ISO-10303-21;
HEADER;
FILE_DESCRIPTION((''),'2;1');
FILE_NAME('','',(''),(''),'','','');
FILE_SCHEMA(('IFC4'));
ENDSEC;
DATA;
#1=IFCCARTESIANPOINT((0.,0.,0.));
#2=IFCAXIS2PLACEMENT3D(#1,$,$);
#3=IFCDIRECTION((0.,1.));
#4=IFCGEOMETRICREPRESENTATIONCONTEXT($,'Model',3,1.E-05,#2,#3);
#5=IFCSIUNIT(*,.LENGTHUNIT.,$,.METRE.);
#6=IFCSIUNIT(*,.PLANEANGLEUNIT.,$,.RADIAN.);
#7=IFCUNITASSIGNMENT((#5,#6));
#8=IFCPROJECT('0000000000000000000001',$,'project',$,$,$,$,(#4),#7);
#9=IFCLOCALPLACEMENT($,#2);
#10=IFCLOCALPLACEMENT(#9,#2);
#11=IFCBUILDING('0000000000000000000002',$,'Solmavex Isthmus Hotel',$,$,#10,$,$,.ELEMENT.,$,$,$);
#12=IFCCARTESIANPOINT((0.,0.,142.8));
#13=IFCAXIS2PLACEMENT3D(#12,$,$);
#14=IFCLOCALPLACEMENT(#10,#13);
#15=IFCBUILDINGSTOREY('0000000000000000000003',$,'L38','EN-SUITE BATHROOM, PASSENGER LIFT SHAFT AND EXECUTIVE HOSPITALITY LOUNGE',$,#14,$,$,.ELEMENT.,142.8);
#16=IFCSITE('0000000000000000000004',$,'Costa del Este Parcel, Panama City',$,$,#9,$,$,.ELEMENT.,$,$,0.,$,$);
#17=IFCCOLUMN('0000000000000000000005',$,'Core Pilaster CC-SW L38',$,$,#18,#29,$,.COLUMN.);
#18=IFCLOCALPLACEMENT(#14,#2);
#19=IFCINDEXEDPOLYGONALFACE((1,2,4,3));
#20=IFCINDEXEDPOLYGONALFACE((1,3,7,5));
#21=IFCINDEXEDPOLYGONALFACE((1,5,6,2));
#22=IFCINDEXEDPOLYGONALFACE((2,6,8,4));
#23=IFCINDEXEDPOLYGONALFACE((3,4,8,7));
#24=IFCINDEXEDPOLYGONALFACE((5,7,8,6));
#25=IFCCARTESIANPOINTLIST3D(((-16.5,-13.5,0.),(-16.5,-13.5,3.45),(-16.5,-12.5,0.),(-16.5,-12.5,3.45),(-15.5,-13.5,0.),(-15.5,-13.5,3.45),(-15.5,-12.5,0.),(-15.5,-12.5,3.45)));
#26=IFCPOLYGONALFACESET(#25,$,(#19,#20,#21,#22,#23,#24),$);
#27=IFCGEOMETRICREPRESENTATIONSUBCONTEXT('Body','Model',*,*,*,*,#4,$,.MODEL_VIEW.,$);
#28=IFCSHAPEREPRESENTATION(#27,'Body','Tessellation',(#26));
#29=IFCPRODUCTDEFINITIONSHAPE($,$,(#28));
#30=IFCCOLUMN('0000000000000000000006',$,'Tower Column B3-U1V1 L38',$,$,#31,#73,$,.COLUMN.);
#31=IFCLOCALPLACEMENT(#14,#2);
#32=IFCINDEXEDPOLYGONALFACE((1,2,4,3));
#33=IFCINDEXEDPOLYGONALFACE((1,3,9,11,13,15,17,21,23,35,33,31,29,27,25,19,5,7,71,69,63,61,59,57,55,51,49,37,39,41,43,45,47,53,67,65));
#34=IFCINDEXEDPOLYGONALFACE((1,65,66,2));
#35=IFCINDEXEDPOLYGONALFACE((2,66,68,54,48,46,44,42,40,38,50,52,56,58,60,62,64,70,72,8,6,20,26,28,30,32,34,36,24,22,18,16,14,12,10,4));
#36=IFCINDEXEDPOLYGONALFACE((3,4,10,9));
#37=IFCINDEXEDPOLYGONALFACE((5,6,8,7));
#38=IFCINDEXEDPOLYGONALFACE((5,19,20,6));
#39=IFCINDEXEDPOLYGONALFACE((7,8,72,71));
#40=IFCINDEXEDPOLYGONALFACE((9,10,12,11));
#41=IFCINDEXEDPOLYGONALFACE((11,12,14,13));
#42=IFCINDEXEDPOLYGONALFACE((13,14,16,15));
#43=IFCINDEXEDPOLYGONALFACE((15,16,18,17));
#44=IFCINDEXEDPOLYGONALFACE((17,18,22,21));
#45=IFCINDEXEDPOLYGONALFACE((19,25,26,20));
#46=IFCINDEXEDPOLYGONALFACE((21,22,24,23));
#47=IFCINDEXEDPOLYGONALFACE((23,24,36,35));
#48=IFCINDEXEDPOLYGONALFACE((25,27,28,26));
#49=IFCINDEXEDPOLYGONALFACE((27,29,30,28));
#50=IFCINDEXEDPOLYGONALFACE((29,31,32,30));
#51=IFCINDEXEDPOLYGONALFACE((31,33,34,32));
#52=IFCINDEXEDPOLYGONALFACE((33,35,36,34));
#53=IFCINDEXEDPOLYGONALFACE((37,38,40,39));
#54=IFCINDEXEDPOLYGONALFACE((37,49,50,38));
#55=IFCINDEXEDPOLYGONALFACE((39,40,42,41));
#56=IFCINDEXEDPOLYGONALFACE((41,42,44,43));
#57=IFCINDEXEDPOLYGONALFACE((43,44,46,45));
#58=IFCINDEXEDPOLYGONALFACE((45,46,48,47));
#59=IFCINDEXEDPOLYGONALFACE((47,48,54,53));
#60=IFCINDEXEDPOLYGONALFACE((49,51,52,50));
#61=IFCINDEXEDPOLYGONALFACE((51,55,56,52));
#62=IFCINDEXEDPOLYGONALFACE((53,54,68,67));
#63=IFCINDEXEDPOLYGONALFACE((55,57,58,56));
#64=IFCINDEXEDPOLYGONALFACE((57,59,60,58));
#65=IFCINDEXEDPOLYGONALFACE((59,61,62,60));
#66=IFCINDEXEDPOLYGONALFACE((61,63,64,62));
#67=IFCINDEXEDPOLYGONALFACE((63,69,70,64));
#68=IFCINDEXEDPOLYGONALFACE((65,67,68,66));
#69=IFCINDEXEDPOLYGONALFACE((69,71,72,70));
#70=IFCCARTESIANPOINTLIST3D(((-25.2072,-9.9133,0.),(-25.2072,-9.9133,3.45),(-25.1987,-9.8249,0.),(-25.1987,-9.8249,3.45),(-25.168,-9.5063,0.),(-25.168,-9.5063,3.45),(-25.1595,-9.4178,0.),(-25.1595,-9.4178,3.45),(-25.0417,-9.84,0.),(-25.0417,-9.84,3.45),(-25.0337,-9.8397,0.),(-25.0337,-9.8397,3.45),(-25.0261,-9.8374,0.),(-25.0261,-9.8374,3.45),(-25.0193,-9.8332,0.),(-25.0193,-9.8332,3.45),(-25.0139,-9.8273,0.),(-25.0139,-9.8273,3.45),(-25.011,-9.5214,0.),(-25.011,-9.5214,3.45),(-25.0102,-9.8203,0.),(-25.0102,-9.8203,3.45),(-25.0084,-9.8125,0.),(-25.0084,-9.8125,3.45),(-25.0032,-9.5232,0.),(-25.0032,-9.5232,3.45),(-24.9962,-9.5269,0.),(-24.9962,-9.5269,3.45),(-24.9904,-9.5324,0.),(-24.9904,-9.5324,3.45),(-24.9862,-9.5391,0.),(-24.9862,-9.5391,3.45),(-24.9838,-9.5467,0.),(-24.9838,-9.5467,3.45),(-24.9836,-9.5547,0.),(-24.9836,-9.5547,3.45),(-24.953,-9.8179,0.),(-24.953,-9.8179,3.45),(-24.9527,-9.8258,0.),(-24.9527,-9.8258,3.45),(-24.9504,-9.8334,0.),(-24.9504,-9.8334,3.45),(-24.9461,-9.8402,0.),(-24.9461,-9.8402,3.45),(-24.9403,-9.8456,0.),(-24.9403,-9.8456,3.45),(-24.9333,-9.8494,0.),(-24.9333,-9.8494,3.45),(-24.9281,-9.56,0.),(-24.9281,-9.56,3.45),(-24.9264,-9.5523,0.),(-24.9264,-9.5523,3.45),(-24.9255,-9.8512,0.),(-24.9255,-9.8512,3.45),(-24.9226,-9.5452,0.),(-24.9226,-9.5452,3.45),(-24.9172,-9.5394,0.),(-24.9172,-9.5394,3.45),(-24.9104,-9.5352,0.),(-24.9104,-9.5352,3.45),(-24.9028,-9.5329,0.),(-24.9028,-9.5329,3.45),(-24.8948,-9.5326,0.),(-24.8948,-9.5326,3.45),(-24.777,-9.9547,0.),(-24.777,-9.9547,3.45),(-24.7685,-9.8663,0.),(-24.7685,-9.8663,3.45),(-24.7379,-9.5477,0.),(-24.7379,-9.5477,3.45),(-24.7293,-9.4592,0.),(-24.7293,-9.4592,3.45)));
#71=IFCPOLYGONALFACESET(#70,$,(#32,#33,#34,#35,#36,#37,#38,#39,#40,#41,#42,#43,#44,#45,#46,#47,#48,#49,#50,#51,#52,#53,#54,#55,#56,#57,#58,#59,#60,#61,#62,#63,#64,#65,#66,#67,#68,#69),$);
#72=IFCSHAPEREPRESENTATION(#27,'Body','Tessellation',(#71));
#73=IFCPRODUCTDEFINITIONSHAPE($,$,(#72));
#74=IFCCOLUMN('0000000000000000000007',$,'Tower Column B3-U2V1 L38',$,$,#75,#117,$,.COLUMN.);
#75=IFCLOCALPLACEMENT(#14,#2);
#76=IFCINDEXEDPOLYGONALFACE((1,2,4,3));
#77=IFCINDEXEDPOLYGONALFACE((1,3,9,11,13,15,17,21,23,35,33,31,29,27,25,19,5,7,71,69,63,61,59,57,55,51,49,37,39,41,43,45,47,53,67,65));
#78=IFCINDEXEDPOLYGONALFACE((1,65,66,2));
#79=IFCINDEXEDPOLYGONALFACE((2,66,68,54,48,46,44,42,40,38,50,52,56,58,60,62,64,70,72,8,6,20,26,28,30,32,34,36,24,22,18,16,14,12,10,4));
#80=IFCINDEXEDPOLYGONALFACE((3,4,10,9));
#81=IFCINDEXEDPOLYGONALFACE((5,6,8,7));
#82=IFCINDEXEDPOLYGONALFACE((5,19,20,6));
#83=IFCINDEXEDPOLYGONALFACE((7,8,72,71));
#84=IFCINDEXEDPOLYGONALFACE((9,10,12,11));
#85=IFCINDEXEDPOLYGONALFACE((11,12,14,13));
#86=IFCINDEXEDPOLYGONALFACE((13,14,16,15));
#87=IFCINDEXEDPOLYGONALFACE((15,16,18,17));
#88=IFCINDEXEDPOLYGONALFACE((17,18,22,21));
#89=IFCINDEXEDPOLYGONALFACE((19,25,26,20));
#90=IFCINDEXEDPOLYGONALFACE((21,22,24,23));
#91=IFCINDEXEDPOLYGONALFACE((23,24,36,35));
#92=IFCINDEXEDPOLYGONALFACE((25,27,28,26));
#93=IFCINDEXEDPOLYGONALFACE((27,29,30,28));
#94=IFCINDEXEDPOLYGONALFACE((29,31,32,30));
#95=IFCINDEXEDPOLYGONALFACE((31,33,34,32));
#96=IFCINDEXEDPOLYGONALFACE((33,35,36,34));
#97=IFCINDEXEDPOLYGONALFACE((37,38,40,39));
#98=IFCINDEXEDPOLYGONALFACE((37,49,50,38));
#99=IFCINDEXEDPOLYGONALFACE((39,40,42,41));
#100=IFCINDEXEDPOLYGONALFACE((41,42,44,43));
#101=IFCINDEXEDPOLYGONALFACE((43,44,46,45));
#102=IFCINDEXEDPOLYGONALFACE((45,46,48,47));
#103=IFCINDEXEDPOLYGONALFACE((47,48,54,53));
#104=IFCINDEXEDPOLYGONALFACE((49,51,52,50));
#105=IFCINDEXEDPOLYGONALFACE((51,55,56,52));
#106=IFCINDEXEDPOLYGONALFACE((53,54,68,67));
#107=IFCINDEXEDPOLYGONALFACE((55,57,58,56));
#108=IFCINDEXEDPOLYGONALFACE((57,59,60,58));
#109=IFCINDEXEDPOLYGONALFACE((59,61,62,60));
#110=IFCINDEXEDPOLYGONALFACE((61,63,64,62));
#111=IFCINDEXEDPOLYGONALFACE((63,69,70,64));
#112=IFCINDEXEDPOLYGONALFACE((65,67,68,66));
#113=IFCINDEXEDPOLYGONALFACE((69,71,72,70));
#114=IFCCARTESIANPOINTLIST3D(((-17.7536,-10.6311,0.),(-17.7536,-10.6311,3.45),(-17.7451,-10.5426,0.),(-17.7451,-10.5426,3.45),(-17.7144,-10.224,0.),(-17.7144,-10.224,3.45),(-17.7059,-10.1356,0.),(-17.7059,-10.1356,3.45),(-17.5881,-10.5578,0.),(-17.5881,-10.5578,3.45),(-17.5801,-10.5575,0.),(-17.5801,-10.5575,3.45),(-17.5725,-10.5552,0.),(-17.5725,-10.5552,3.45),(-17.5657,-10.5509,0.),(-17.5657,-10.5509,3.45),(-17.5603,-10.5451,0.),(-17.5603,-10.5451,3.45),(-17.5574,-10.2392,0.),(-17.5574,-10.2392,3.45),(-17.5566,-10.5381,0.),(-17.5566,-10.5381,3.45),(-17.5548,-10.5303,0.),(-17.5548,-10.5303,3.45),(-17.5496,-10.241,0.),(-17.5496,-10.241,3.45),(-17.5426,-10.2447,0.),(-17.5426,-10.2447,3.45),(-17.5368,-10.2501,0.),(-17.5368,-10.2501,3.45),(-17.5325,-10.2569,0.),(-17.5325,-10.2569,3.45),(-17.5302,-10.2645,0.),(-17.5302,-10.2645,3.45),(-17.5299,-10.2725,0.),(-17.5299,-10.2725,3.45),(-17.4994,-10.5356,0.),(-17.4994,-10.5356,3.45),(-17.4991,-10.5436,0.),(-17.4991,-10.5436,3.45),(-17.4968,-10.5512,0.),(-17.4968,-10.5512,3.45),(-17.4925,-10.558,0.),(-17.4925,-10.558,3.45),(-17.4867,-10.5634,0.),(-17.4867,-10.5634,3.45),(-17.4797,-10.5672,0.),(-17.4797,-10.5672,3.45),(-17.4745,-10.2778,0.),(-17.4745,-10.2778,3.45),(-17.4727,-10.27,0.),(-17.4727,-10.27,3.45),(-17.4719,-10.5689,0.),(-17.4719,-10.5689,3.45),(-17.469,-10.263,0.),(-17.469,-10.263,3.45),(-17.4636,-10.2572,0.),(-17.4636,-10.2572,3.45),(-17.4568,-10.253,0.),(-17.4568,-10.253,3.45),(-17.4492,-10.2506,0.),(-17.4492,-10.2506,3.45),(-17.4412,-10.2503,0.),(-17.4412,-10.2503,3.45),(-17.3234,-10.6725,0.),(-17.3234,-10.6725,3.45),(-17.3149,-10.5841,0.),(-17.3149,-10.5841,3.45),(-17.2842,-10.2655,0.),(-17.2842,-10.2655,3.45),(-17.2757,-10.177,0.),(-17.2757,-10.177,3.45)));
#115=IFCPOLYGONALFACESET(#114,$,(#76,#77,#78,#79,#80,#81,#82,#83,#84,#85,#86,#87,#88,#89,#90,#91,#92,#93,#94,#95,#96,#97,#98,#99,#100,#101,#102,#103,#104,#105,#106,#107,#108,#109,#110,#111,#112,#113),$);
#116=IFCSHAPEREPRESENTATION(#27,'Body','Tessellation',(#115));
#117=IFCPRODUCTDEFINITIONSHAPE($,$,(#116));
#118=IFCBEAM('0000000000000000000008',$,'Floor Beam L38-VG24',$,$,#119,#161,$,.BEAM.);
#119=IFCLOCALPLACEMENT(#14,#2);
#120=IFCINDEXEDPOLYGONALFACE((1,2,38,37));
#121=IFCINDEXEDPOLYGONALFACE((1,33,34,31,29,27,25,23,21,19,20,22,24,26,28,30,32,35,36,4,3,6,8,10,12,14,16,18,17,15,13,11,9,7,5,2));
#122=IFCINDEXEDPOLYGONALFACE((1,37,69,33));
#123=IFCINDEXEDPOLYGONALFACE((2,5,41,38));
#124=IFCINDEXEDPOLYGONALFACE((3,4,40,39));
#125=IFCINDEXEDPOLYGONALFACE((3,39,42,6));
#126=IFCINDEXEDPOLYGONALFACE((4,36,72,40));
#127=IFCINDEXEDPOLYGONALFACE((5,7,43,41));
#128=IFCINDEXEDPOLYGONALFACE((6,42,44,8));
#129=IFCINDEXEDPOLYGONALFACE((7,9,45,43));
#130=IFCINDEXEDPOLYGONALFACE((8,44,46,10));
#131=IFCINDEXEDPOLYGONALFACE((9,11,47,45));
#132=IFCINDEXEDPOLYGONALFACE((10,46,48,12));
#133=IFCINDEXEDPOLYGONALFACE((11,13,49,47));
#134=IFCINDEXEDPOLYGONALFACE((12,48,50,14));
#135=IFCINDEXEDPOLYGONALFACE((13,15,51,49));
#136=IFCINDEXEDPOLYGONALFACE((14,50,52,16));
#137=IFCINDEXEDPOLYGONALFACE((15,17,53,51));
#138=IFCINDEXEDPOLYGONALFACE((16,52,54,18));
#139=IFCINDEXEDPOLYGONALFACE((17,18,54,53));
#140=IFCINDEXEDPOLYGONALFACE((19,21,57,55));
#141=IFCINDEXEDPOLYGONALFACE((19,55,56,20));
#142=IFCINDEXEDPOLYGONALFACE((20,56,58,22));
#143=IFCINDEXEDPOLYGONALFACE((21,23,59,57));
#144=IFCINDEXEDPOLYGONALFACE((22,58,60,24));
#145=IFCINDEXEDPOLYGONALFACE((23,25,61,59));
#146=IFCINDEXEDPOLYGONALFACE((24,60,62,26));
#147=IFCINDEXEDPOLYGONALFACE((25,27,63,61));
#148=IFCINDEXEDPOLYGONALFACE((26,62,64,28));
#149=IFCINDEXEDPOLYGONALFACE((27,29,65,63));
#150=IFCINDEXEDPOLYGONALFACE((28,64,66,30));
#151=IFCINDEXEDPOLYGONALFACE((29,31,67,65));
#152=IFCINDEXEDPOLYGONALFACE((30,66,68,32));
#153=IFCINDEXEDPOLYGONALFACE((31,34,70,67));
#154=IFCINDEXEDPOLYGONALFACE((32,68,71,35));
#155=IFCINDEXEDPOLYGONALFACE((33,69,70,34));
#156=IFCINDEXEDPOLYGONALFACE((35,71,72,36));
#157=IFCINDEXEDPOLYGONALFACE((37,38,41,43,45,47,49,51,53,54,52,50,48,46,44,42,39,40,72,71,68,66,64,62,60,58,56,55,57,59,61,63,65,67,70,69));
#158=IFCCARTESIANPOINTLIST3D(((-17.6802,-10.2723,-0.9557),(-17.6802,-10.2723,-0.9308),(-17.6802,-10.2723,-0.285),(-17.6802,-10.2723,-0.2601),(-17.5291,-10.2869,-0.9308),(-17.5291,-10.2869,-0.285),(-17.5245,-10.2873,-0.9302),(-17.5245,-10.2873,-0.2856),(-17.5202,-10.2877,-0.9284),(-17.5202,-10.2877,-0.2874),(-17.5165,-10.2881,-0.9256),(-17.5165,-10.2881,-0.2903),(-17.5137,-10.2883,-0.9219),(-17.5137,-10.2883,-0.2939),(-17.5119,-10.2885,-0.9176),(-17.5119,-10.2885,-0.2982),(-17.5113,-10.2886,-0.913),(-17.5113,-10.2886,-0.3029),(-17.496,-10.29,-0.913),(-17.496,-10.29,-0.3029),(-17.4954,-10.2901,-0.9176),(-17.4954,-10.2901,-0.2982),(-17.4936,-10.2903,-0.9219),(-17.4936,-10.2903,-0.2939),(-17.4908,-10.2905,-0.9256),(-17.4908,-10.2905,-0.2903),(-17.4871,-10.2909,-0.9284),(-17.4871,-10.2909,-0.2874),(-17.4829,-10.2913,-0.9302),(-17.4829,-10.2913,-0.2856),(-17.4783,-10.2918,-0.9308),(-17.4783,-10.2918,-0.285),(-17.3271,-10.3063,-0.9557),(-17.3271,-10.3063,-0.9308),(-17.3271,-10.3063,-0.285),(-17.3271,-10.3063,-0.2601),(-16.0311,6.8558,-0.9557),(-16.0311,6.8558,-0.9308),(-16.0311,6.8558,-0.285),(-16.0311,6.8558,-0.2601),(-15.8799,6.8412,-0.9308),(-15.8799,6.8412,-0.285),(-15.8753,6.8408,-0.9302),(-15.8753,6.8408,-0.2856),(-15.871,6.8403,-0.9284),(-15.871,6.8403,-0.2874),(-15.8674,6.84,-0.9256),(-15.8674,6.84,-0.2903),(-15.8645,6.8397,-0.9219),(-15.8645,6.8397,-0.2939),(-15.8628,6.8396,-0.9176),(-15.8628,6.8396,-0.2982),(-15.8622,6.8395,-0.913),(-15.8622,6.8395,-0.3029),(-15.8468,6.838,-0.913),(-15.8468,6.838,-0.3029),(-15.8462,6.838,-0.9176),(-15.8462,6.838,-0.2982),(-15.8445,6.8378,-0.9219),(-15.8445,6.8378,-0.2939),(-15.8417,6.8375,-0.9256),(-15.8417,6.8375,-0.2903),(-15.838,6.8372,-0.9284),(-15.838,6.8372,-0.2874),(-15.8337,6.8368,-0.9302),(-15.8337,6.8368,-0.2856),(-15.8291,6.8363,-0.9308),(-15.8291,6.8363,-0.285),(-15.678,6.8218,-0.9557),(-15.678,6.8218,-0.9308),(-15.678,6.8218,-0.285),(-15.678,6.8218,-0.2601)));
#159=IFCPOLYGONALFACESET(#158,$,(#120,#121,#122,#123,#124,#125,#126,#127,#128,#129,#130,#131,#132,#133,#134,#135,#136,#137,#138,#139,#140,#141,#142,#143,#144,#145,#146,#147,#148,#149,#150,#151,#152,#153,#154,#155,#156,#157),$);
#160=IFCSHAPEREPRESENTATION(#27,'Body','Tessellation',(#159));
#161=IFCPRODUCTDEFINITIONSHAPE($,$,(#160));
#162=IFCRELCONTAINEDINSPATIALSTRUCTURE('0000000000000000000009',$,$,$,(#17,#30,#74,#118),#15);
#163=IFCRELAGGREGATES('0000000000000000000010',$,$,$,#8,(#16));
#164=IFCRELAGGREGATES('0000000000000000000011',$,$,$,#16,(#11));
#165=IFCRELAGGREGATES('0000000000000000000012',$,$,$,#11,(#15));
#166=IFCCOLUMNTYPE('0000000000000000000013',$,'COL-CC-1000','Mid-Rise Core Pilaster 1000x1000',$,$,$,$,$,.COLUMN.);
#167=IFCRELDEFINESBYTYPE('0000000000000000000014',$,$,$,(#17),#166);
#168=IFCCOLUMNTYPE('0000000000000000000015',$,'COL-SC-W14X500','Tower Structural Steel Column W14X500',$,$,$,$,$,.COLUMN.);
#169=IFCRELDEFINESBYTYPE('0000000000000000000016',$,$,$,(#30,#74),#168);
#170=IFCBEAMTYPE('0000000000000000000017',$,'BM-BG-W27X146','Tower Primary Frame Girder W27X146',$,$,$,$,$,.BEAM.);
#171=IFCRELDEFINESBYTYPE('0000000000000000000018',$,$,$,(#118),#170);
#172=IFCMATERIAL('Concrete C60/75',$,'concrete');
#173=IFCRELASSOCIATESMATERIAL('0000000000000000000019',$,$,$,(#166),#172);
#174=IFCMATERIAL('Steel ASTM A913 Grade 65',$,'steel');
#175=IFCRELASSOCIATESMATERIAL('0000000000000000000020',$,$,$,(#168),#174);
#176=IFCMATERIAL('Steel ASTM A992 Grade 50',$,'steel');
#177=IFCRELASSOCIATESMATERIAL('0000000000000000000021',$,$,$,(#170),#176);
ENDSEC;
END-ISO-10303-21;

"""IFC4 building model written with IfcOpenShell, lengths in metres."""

from ifc_helpers import new_model, si_unit, direction, frame, origin, origin_2d, place, context, subcontext, project, spatial, rectangle, i_section, extrude, material, material_profile, profile_set, type_object, element, save


model = new_model("IFC4")

# Units and contexts
model_context = context("Model", 3, precision=1e-05, world=origin(), true_north=direction((0.0, 1.0)))
body_context = subcontext(model_context, "Body", "Model", "MODEL_VIEW")
ifc_project = project(units=[si_unit("LENGTHUNIT", "METRE"), si_unit("PLANEANGLEUNIT", "RADIAN")], contexts=[model_context])

# Site, building, storey
site_placement = place(None, origin())
site = spatial("IfcSite", under=ifc_project, at=site_placement, Name="Costa del Este Parcel, Panama City", CompositionType="ELEMENT", RefElevation=0.0)
building_placement = place(site_placement, origin())
building = spatial("IfcBuilding", under=site, at=building_placement, Name="Solmavex Isthmus Hotel", CompositionType="ELEMENT")
storey_placement = place(building_placement, frame((0.0, 0.0, 142.8)))
storey = spatial("IfcBuildingStorey", under=building, at=storey_placement, Name="L38", Description="EN-SUITE BATHROOM, PASSENGER LIFT SHAFT AND EXECUTIVE HOSPITALITY LOUNGE", CompositionType="ELEMENT", Elevation=142.8)

# Columns
ifc_material_1 = material(Name="Concrete C60/75", Category="concrete")
ifc_material_profile_1 = material_profile(ifc_material_1, rectangle(XDim=1.0, YDim=1.0, at=origin_2d()), Name="RC1000X1000")
ifc_profile_set_1 = profile_set([ifc_material_profile_1], Name="Concrete C60/75")
column_type_1 = type_object("IfcColumnType", Name="COL-CC-1000", Description="Mid-Rise Core Pilaster 1000x1000", PredefinedType="COLUMN", material=ifc_profile_set_1)
column_placement = place(storey_placement, frame((-16.0, -13.0, 0.0), z_axis=(0.0, 0.0, 1.0), x_axis=(1.0, 0.0, 0.0)))
element("IfcColumn", 1, at=column_placement, inside=storey, type_object=column_type_1, Name="Core Pilaster CC-SW L38", PredefinedType="COLUMN", context=body_context, shape_type="SweptSolid", body=[
    extrude(rectangle(XDim=1.0, YDim=1.0, at=origin_2d()), origin(), (0.0, 0.0, 1.0), 3.45),
])
ifc_material_2 = material(Name="Steel ASTM A913 Grade 65", Category="steel")
ifc_material_profile_2 = material_profile(ifc_material_2, i_section(OverallWidth=0.4321, OverallDepth=0.4978, WebThickness=0.0557, FlangeThickness=0.0889, FilletRadius=0.0305, at=origin_2d()), Name="W14X500")
ifc_profile_set_2 = profile_set([ifc_material_profile_2], Name="Steel ASTM A913 Grade 65")
column_type_2 = type_object("IfcColumnType", Name="COL-SC-W14X500", Description="Tower Structural Steel Column W14X500", PredefinedType="COLUMN", material=ifc_profile_set_2)
for number, where, z_axis, x_axis, name in (
    (2, (-24.9683, -9.6863, 0.0), (0.0, 0.0, 1.0), (0.995396, -0.095846, 0.0), "Tower Column B3-U1V1 L38"),
    (3, (-17.5146, -10.4041, 0.0), (0.0, 0.0, 1.0), (0.995396, -0.095846, 0.0), "Tower Column B3-U2V1 L38"),
):
    element("IfcColumn", number, at=place(storey_placement, frame(where, z_axis=z_axis, x_axis=x_axis)), inside=storey, type_object=column_type_2, Name=name, PredefinedType="COLUMN", context=body_context, shape_type="SweptSolid", body=[
        extrude(i_section(OverallWidth=0.4321, OverallDepth=0.4978, WebThickness=0.0557, FlangeThickness=0.0889, FilletRadius=0.0305, at=origin_2d()), origin(), (0.0, 0.0, 1.0), 3.45),
    ])

# Beam
ifc_material_3 = material(Name="Steel ASTM A992 Grade 50", Category="steel")
ifc_material_profile_3 = material_profile(ifc_material_3, i_section(OverallWidth=0.3547, OverallDepth=0.6956, WebThickness=0.0154, FlangeThickness=0.0249, FilletRadius=0.0178, at=origin_2d()), Name="W27X146")
ifc_profile_set_3 = profile_set([ifc_material_profile_3], Name="Steel ASTM A992 Grade 50")
beam_type_1 = type_object("IfcBeamType", Name="BM-BG-W27X146", Description="Tower Primary Frame Girder W27X146", PredefinedType="BEAM", material=ifc_profile_set_3)
beam_1_placement = place(storey_placement, frame((-17.5037, -10.2893, -0.6079), z_axis=(0.095841, 0.995397, 0.0), x_axis=(-0.995397, 0.095841, 0.0)))
element("IfcBeam", 4, at=beam_1_placement, inside=storey, type_object=beam_type_1, Name="Floor Beam L38-VG24", PredefinedType="BEAM", context=body_context, shape_type="SweptSolid", body=[
    extrude(i_section(OverallWidth=0.3547, OverallDepth=0.6956, WebThickness=0.0154, FlangeThickness=0.0249, FilletRadius=0.0178, at=origin_2d()), origin(), (0.0, 0.0, 1.0), 17.2073),
])

save(model, "model.ifc")
